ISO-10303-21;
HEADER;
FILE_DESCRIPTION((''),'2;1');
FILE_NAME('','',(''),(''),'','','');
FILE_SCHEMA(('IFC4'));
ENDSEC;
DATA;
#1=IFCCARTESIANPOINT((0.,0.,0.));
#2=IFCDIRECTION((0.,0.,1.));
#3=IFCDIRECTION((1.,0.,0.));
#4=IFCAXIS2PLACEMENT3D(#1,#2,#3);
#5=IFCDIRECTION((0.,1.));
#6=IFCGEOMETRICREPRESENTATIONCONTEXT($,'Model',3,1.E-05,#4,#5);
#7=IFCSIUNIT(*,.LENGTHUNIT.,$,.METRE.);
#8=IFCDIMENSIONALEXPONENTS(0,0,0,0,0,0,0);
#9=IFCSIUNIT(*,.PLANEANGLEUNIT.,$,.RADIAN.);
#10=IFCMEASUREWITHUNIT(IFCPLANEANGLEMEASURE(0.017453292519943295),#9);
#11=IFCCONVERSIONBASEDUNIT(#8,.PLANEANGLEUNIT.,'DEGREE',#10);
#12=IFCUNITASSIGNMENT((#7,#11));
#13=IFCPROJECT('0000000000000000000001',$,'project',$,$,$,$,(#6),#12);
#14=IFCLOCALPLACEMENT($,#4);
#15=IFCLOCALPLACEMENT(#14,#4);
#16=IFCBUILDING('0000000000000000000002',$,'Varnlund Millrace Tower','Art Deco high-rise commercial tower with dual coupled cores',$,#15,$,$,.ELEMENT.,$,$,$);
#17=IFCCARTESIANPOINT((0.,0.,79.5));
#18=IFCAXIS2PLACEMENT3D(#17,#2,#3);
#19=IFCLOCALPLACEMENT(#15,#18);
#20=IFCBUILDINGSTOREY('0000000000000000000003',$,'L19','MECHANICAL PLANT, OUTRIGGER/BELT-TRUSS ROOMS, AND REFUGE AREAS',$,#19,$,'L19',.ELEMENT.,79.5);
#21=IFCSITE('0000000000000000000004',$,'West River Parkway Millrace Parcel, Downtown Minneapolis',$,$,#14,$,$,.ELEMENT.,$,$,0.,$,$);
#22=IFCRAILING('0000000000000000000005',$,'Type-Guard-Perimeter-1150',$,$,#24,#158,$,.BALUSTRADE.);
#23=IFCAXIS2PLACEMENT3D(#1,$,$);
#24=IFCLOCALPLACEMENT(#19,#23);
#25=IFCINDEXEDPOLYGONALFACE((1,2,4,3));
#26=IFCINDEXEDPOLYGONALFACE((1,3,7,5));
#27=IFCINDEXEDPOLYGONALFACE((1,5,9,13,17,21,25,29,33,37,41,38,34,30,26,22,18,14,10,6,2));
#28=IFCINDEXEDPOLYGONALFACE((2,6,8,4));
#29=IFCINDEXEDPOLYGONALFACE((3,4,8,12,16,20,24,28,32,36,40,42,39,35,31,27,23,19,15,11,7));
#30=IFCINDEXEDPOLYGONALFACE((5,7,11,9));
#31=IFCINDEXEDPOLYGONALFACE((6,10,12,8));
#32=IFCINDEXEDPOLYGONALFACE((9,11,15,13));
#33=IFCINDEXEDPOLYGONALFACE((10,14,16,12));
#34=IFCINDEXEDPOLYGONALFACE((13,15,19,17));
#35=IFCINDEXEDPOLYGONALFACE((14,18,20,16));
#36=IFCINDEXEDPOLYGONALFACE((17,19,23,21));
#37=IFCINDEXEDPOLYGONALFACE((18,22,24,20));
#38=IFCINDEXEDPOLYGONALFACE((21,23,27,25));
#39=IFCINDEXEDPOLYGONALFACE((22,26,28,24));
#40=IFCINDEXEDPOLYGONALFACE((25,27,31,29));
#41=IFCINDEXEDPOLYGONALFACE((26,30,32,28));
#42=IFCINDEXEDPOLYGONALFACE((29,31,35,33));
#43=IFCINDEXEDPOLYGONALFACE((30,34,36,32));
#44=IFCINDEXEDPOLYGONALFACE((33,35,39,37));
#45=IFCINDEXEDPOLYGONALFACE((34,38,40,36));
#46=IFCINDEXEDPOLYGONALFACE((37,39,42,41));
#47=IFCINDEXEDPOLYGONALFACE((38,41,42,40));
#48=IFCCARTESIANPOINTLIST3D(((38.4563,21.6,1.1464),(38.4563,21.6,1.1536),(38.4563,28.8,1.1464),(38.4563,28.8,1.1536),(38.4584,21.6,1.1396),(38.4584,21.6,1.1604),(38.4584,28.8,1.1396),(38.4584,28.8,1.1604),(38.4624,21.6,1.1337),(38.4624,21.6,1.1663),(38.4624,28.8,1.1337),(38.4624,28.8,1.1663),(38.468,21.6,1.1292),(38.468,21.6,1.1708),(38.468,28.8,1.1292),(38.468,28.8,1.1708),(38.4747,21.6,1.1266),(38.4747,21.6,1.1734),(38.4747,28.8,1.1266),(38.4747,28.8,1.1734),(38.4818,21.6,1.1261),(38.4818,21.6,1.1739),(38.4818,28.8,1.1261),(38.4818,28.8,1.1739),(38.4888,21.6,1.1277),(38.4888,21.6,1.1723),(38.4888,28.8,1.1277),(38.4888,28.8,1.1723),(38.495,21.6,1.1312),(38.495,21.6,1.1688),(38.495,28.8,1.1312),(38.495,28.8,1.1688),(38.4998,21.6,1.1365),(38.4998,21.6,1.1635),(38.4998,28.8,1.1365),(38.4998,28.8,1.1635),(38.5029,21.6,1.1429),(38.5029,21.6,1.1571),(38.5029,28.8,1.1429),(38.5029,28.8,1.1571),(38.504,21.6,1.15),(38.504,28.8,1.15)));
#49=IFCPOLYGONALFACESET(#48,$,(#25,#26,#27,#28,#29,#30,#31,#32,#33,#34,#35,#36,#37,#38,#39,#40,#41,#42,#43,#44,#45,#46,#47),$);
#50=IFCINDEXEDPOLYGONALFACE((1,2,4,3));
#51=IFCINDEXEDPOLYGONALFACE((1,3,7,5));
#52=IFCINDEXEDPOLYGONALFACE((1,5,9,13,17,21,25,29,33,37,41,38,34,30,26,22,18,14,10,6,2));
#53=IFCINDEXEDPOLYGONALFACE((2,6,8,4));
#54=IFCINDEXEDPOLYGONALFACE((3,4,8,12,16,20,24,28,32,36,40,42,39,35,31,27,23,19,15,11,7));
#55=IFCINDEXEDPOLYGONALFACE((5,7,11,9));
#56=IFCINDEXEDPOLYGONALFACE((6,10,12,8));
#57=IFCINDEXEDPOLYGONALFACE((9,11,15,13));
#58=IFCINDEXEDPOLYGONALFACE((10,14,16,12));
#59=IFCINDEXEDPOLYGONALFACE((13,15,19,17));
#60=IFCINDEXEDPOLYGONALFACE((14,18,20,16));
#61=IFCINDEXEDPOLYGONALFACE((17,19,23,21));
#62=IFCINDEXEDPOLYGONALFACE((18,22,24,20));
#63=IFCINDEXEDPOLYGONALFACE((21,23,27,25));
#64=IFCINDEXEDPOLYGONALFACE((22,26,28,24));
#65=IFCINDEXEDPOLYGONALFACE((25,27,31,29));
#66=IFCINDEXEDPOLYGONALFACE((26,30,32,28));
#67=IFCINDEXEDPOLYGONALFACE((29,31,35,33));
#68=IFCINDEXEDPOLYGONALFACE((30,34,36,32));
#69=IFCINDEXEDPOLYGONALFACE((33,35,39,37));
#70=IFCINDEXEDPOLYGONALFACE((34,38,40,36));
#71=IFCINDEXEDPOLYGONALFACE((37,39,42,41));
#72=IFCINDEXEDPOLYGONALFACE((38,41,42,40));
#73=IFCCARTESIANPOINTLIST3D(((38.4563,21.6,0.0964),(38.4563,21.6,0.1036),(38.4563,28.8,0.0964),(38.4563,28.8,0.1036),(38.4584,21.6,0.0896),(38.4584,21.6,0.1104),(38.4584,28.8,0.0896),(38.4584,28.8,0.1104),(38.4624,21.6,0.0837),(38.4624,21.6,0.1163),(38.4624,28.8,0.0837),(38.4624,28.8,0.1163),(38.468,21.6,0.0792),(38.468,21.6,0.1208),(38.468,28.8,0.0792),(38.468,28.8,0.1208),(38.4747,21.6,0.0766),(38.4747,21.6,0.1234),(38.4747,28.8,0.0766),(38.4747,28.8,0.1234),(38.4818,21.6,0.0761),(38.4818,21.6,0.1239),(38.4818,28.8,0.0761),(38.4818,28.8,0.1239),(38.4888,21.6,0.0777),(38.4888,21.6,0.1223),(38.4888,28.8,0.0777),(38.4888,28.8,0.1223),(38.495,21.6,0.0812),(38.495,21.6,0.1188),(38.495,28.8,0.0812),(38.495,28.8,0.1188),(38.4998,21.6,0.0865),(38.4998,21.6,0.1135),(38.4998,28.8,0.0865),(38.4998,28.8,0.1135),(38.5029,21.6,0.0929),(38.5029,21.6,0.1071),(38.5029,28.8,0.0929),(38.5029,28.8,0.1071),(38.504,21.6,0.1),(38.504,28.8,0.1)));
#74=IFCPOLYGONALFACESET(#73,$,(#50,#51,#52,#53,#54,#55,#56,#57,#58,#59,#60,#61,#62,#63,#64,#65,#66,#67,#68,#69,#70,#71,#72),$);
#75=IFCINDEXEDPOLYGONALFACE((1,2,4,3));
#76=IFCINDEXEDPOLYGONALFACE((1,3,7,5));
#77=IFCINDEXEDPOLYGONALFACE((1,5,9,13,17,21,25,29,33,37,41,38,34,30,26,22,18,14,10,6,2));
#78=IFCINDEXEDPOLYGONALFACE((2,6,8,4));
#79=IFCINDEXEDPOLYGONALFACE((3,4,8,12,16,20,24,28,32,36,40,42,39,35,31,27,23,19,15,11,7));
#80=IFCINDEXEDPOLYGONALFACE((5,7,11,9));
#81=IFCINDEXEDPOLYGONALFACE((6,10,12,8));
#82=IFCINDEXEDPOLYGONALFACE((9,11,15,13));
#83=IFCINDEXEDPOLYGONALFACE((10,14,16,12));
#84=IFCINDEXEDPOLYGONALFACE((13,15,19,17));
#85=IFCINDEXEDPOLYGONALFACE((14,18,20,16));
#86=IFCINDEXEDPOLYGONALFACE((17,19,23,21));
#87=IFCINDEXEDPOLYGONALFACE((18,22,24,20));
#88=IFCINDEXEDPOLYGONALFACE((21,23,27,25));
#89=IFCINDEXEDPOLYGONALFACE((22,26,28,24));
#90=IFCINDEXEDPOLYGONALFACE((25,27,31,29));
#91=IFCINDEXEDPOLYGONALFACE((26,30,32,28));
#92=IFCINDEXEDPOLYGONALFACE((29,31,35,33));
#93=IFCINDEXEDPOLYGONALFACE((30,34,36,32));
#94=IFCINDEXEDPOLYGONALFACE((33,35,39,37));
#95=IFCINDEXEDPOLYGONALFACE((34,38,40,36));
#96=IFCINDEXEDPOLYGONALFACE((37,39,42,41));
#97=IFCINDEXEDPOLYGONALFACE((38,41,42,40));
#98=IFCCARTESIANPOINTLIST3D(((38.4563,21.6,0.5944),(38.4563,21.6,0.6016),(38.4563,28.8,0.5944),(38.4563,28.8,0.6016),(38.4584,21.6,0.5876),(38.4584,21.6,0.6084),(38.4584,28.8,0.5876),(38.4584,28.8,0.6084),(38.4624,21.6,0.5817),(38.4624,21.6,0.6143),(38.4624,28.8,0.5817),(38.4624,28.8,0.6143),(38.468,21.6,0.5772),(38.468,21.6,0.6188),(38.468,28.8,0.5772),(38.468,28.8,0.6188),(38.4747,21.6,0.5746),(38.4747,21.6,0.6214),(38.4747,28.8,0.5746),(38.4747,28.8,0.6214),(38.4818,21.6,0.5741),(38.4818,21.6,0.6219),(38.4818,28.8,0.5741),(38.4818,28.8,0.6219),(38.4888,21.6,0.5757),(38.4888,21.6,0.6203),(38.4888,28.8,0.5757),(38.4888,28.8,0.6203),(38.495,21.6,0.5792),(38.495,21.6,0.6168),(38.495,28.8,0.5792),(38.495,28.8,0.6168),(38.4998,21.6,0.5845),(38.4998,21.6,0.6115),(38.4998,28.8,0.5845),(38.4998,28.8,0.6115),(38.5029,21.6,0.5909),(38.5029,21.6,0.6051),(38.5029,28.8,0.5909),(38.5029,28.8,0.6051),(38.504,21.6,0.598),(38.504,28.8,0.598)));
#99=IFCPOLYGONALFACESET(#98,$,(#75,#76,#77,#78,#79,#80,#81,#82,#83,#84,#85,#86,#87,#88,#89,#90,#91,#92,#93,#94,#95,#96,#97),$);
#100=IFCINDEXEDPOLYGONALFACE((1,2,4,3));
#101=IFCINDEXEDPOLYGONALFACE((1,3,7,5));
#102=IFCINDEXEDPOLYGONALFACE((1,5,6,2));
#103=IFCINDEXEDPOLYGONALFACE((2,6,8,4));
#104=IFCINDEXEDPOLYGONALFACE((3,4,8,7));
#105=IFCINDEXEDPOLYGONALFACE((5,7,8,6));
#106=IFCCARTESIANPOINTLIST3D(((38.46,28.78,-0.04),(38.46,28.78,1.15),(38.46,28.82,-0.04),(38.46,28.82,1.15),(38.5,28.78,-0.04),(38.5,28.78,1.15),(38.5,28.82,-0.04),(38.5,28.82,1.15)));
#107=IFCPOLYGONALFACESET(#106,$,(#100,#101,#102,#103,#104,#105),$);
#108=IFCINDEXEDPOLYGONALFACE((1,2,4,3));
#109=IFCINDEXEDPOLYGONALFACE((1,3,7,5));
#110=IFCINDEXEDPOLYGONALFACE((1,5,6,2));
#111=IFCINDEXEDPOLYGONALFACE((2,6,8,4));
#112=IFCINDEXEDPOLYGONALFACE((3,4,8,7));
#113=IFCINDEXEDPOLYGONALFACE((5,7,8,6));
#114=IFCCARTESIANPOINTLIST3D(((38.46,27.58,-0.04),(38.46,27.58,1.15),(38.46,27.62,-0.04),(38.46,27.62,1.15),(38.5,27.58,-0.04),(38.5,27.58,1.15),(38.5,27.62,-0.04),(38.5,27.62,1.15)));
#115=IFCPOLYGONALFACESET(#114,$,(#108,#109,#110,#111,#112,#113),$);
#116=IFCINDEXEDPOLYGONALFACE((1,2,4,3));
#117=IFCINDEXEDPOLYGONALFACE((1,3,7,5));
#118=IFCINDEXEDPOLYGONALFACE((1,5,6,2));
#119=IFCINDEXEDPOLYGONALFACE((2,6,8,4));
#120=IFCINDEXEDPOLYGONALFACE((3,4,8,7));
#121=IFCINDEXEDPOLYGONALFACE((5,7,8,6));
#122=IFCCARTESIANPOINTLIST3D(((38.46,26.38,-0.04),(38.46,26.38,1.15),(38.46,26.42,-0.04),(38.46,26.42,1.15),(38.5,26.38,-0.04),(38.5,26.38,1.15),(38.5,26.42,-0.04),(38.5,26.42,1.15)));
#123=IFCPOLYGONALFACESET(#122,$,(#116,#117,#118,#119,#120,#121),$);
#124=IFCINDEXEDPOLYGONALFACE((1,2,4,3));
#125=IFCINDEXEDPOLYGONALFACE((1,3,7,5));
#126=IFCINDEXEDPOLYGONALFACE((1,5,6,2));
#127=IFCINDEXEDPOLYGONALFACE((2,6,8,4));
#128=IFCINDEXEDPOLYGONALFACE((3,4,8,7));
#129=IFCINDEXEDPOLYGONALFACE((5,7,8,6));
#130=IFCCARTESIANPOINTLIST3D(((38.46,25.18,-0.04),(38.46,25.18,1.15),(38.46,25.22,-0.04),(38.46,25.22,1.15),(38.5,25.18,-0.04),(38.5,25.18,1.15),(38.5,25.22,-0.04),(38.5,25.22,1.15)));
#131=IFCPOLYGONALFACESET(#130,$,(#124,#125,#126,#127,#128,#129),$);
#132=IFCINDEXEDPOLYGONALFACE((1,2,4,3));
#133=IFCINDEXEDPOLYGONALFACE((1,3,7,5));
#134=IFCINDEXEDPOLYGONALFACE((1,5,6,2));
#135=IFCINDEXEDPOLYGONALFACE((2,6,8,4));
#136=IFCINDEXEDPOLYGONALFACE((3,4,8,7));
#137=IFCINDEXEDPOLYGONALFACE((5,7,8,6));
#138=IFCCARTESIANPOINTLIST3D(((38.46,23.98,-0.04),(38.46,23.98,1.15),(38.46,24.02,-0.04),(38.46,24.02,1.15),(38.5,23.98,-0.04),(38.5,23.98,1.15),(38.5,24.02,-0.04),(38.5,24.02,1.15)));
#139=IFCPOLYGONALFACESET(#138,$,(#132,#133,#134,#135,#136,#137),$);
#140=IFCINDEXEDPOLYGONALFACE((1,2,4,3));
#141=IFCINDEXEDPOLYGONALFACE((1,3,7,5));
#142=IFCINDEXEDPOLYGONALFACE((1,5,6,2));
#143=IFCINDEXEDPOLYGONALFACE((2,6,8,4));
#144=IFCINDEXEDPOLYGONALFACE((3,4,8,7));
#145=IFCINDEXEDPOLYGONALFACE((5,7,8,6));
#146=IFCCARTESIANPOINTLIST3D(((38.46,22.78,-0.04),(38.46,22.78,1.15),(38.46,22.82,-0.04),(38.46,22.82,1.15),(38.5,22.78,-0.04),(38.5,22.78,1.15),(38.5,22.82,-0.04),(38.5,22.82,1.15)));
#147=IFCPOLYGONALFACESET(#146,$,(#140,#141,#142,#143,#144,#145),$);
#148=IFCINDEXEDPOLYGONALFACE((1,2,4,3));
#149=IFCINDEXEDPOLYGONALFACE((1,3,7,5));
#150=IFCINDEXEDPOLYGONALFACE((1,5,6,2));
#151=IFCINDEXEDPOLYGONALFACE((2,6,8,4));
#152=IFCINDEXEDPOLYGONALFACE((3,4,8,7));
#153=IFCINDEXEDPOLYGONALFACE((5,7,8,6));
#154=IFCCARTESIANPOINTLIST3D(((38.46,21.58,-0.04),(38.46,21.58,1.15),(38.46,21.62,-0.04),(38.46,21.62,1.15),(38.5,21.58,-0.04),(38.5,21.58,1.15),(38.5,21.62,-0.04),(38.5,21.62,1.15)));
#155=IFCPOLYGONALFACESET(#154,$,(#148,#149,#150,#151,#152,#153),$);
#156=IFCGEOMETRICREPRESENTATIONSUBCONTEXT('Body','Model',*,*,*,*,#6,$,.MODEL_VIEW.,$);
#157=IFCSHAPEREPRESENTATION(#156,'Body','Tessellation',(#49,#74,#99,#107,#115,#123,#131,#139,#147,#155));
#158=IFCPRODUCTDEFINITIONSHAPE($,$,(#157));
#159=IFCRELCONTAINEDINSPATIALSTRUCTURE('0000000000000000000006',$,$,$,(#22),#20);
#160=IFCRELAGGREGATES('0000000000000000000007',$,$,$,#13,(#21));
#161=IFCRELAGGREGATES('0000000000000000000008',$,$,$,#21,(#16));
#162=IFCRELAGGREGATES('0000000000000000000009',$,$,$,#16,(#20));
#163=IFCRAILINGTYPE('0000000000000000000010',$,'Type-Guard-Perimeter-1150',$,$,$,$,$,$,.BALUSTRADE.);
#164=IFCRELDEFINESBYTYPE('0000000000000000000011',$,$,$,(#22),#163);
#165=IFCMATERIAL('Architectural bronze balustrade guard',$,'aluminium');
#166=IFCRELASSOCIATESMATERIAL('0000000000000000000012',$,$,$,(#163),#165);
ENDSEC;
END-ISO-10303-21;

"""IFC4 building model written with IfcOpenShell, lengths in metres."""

from ifc_helpers import new_model, entity, si_unit, converted_unit, direction, frame, origin_with_axes, origin_2d_with_axis, place, context, subcontext, project, spatial, rectangle, circle, extrude, material, type_object, element, save


model = new_model("IFC4")

# Units and contexts
model_context = context("Model", 3, precision=1e-05, world=origin_with_axes(), true_north=direction((0.0, 1.0)))
body_context = subcontext(model_context, "Body", "Model", "MODEL_VIEW")
ifc_project = project(units=[si_unit("LENGTHUNIT", "METRE"), converted_unit("PLANEANGLEUNIT", "DEGREE", entity("IfcPlaneAngleMeasure", 0.017453292519943295), si_unit("PLANEANGLEUNIT", "RADIAN"), dimensions=[0, 0, 0, 0, 0, 0, 0])], contexts=[model_context])

# Site, building, storey
site_placement = place(None, origin_with_axes())
site = spatial("IfcSite", under=ifc_project, at=site_placement, Name="West River Parkway Millrace Parcel, Downtown Minneapolis", CompositionType="ELEMENT", RefElevation=0.0)
building_placement = place(site_placement, origin_with_axes())
building = spatial("IfcBuilding", under=site, at=building_placement, Name="Varnlund Millrace Tower", Description="Art Deco high-rise commercial tower with dual coupled cores", CompositionType="ELEMENT")
storey_placement = place(building_placement, frame((0.0, 0.0, 79.5), z_axis=(0.0, 0.0, 1.0), x_axis=(1.0, 0.0, 0.0)))
storey = spatial("IfcBuildingStorey", under=building, at=storey_placement, Name="L19", Description="MECHANICAL PLANT, OUTRIGGER/BELT-TRUSS ROOMS, AND REFUGE AREAS", LongName="L19", CompositionType="ELEMENT", Elevation=79.5)

# Railing
ifc_material_1 = material(Name="Architectural bronze balustrade guard", Category="aluminium")
railing_type = type_object("IfcRailingType", Name="Type-Guard-Perimeter-1150", PredefinedType="BALUSTRADE", material=ifc_material_1)
railing_1_placement = place(storey_placement, frame((0.0, 0.0, -79.5), z_axis=(0.0, 0.0, 1.0), x_axis=(1.0, 0.0, 0.0)))
element("IfcRailing", 1, at=railing_1_placement, inside=storey, type_object=railing_type, Name="Type-Guard-Perimeter-1150", PredefinedType="BALUSTRADE", context=body_context, shape_type="SweptSolid", body=[
    extrude(circle(Radius=0.024, at=origin_2d_with_axis()), frame((38.48, 28.8, 80.65), z_axis=(0.0, -1.0, 0.0), x_axis=(1.0, 0.0, 0.0)), (0.0, 0.0, 1.0), 7.2),
    extrude(circle(Radius=0.024, at=origin_2d_with_axis()), frame((38.48, 28.8, 79.6), z_axis=(0.0, -1.0, 0.0), x_axis=(1.0, 0.0, 0.0)), (0.0, 0.0, 1.0), 7.2),
    extrude(circle(Radius=0.024, at=origin_2d_with_axis()), frame((38.48, 28.8, 80.098), z_axis=(0.0, -1.0, 0.0), x_axis=(1.0, 0.0, 0.0)), (0.0, 0.0, 1.0), 7.2),
    extrude(rectangle(XDim=0.04, YDim=0.04, at=origin_2d_with_axis()), frame((38.48, 28.8, 79.46), z_axis=(0.0, 0.0, 1.0), x_axis=(1.0, 0.0, 0.0)), (0.0, 0.0, 1.0), 1.19),
    extrude(rectangle(XDim=0.04, YDim=0.04, at=origin_2d_with_axis()), frame((38.48, 27.6, 79.46), z_axis=(0.0, 0.0, 1.0), x_axis=(1.0, 0.0, 0.0)), (0.0, 0.0, 1.0), 1.19),
    extrude(rectangle(XDim=0.04, YDim=0.04, at=origin_2d_with_axis()), frame((38.48, 26.4, 79.46), z_axis=(0.0, 0.0, 1.0), x_axis=(1.0, 0.0, 0.0)), (0.0, 0.0, 1.0), 1.19),
    extrude(rectangle(XDim=0.04, YDim=0.04, at=origin_2d_with_axis()), frame((38.48, 25.2, 79.46), z_axis=(0.0, 0.0, 1.0), x_axis=(1.0, 0.0, 0.0)), (0.0, 0.0, 1.0), 1.19),
    extrude(rectangle(XDim=0.04, YDim=0.04, at=origin_2d_with_axis()), frame((38.48, 24.0, 79.46), z_axis=(0.0, 0.0, 1.0), x_axis=(1.0, 0.0, 0.0)), (0.0, 0.0, 1.0), 1.19),
    extrude(rectangle(XDim=0.04, YDim=0.04, at=origin_2d_with_axis()), frame((38.48, 22.8, 79.46), z_axis=(0.0, 0.0, 1.0), x_axis=(1.0, 0.0, 0.0)), (0.0, 0.0, 1.0), 1.19),
    extrude(rectangle(XDim=0.04, YDim=0.04, at=origin_2d_with_axis()), frame((38.48, 21.6, 79.46), z_axis=(0.0, 0.0, 1.0), x_axis=(1.0, 0.0, 0.0)), (0.0, 0.0, 1.0), 1.19),
])

save(model, "model.ifc")
